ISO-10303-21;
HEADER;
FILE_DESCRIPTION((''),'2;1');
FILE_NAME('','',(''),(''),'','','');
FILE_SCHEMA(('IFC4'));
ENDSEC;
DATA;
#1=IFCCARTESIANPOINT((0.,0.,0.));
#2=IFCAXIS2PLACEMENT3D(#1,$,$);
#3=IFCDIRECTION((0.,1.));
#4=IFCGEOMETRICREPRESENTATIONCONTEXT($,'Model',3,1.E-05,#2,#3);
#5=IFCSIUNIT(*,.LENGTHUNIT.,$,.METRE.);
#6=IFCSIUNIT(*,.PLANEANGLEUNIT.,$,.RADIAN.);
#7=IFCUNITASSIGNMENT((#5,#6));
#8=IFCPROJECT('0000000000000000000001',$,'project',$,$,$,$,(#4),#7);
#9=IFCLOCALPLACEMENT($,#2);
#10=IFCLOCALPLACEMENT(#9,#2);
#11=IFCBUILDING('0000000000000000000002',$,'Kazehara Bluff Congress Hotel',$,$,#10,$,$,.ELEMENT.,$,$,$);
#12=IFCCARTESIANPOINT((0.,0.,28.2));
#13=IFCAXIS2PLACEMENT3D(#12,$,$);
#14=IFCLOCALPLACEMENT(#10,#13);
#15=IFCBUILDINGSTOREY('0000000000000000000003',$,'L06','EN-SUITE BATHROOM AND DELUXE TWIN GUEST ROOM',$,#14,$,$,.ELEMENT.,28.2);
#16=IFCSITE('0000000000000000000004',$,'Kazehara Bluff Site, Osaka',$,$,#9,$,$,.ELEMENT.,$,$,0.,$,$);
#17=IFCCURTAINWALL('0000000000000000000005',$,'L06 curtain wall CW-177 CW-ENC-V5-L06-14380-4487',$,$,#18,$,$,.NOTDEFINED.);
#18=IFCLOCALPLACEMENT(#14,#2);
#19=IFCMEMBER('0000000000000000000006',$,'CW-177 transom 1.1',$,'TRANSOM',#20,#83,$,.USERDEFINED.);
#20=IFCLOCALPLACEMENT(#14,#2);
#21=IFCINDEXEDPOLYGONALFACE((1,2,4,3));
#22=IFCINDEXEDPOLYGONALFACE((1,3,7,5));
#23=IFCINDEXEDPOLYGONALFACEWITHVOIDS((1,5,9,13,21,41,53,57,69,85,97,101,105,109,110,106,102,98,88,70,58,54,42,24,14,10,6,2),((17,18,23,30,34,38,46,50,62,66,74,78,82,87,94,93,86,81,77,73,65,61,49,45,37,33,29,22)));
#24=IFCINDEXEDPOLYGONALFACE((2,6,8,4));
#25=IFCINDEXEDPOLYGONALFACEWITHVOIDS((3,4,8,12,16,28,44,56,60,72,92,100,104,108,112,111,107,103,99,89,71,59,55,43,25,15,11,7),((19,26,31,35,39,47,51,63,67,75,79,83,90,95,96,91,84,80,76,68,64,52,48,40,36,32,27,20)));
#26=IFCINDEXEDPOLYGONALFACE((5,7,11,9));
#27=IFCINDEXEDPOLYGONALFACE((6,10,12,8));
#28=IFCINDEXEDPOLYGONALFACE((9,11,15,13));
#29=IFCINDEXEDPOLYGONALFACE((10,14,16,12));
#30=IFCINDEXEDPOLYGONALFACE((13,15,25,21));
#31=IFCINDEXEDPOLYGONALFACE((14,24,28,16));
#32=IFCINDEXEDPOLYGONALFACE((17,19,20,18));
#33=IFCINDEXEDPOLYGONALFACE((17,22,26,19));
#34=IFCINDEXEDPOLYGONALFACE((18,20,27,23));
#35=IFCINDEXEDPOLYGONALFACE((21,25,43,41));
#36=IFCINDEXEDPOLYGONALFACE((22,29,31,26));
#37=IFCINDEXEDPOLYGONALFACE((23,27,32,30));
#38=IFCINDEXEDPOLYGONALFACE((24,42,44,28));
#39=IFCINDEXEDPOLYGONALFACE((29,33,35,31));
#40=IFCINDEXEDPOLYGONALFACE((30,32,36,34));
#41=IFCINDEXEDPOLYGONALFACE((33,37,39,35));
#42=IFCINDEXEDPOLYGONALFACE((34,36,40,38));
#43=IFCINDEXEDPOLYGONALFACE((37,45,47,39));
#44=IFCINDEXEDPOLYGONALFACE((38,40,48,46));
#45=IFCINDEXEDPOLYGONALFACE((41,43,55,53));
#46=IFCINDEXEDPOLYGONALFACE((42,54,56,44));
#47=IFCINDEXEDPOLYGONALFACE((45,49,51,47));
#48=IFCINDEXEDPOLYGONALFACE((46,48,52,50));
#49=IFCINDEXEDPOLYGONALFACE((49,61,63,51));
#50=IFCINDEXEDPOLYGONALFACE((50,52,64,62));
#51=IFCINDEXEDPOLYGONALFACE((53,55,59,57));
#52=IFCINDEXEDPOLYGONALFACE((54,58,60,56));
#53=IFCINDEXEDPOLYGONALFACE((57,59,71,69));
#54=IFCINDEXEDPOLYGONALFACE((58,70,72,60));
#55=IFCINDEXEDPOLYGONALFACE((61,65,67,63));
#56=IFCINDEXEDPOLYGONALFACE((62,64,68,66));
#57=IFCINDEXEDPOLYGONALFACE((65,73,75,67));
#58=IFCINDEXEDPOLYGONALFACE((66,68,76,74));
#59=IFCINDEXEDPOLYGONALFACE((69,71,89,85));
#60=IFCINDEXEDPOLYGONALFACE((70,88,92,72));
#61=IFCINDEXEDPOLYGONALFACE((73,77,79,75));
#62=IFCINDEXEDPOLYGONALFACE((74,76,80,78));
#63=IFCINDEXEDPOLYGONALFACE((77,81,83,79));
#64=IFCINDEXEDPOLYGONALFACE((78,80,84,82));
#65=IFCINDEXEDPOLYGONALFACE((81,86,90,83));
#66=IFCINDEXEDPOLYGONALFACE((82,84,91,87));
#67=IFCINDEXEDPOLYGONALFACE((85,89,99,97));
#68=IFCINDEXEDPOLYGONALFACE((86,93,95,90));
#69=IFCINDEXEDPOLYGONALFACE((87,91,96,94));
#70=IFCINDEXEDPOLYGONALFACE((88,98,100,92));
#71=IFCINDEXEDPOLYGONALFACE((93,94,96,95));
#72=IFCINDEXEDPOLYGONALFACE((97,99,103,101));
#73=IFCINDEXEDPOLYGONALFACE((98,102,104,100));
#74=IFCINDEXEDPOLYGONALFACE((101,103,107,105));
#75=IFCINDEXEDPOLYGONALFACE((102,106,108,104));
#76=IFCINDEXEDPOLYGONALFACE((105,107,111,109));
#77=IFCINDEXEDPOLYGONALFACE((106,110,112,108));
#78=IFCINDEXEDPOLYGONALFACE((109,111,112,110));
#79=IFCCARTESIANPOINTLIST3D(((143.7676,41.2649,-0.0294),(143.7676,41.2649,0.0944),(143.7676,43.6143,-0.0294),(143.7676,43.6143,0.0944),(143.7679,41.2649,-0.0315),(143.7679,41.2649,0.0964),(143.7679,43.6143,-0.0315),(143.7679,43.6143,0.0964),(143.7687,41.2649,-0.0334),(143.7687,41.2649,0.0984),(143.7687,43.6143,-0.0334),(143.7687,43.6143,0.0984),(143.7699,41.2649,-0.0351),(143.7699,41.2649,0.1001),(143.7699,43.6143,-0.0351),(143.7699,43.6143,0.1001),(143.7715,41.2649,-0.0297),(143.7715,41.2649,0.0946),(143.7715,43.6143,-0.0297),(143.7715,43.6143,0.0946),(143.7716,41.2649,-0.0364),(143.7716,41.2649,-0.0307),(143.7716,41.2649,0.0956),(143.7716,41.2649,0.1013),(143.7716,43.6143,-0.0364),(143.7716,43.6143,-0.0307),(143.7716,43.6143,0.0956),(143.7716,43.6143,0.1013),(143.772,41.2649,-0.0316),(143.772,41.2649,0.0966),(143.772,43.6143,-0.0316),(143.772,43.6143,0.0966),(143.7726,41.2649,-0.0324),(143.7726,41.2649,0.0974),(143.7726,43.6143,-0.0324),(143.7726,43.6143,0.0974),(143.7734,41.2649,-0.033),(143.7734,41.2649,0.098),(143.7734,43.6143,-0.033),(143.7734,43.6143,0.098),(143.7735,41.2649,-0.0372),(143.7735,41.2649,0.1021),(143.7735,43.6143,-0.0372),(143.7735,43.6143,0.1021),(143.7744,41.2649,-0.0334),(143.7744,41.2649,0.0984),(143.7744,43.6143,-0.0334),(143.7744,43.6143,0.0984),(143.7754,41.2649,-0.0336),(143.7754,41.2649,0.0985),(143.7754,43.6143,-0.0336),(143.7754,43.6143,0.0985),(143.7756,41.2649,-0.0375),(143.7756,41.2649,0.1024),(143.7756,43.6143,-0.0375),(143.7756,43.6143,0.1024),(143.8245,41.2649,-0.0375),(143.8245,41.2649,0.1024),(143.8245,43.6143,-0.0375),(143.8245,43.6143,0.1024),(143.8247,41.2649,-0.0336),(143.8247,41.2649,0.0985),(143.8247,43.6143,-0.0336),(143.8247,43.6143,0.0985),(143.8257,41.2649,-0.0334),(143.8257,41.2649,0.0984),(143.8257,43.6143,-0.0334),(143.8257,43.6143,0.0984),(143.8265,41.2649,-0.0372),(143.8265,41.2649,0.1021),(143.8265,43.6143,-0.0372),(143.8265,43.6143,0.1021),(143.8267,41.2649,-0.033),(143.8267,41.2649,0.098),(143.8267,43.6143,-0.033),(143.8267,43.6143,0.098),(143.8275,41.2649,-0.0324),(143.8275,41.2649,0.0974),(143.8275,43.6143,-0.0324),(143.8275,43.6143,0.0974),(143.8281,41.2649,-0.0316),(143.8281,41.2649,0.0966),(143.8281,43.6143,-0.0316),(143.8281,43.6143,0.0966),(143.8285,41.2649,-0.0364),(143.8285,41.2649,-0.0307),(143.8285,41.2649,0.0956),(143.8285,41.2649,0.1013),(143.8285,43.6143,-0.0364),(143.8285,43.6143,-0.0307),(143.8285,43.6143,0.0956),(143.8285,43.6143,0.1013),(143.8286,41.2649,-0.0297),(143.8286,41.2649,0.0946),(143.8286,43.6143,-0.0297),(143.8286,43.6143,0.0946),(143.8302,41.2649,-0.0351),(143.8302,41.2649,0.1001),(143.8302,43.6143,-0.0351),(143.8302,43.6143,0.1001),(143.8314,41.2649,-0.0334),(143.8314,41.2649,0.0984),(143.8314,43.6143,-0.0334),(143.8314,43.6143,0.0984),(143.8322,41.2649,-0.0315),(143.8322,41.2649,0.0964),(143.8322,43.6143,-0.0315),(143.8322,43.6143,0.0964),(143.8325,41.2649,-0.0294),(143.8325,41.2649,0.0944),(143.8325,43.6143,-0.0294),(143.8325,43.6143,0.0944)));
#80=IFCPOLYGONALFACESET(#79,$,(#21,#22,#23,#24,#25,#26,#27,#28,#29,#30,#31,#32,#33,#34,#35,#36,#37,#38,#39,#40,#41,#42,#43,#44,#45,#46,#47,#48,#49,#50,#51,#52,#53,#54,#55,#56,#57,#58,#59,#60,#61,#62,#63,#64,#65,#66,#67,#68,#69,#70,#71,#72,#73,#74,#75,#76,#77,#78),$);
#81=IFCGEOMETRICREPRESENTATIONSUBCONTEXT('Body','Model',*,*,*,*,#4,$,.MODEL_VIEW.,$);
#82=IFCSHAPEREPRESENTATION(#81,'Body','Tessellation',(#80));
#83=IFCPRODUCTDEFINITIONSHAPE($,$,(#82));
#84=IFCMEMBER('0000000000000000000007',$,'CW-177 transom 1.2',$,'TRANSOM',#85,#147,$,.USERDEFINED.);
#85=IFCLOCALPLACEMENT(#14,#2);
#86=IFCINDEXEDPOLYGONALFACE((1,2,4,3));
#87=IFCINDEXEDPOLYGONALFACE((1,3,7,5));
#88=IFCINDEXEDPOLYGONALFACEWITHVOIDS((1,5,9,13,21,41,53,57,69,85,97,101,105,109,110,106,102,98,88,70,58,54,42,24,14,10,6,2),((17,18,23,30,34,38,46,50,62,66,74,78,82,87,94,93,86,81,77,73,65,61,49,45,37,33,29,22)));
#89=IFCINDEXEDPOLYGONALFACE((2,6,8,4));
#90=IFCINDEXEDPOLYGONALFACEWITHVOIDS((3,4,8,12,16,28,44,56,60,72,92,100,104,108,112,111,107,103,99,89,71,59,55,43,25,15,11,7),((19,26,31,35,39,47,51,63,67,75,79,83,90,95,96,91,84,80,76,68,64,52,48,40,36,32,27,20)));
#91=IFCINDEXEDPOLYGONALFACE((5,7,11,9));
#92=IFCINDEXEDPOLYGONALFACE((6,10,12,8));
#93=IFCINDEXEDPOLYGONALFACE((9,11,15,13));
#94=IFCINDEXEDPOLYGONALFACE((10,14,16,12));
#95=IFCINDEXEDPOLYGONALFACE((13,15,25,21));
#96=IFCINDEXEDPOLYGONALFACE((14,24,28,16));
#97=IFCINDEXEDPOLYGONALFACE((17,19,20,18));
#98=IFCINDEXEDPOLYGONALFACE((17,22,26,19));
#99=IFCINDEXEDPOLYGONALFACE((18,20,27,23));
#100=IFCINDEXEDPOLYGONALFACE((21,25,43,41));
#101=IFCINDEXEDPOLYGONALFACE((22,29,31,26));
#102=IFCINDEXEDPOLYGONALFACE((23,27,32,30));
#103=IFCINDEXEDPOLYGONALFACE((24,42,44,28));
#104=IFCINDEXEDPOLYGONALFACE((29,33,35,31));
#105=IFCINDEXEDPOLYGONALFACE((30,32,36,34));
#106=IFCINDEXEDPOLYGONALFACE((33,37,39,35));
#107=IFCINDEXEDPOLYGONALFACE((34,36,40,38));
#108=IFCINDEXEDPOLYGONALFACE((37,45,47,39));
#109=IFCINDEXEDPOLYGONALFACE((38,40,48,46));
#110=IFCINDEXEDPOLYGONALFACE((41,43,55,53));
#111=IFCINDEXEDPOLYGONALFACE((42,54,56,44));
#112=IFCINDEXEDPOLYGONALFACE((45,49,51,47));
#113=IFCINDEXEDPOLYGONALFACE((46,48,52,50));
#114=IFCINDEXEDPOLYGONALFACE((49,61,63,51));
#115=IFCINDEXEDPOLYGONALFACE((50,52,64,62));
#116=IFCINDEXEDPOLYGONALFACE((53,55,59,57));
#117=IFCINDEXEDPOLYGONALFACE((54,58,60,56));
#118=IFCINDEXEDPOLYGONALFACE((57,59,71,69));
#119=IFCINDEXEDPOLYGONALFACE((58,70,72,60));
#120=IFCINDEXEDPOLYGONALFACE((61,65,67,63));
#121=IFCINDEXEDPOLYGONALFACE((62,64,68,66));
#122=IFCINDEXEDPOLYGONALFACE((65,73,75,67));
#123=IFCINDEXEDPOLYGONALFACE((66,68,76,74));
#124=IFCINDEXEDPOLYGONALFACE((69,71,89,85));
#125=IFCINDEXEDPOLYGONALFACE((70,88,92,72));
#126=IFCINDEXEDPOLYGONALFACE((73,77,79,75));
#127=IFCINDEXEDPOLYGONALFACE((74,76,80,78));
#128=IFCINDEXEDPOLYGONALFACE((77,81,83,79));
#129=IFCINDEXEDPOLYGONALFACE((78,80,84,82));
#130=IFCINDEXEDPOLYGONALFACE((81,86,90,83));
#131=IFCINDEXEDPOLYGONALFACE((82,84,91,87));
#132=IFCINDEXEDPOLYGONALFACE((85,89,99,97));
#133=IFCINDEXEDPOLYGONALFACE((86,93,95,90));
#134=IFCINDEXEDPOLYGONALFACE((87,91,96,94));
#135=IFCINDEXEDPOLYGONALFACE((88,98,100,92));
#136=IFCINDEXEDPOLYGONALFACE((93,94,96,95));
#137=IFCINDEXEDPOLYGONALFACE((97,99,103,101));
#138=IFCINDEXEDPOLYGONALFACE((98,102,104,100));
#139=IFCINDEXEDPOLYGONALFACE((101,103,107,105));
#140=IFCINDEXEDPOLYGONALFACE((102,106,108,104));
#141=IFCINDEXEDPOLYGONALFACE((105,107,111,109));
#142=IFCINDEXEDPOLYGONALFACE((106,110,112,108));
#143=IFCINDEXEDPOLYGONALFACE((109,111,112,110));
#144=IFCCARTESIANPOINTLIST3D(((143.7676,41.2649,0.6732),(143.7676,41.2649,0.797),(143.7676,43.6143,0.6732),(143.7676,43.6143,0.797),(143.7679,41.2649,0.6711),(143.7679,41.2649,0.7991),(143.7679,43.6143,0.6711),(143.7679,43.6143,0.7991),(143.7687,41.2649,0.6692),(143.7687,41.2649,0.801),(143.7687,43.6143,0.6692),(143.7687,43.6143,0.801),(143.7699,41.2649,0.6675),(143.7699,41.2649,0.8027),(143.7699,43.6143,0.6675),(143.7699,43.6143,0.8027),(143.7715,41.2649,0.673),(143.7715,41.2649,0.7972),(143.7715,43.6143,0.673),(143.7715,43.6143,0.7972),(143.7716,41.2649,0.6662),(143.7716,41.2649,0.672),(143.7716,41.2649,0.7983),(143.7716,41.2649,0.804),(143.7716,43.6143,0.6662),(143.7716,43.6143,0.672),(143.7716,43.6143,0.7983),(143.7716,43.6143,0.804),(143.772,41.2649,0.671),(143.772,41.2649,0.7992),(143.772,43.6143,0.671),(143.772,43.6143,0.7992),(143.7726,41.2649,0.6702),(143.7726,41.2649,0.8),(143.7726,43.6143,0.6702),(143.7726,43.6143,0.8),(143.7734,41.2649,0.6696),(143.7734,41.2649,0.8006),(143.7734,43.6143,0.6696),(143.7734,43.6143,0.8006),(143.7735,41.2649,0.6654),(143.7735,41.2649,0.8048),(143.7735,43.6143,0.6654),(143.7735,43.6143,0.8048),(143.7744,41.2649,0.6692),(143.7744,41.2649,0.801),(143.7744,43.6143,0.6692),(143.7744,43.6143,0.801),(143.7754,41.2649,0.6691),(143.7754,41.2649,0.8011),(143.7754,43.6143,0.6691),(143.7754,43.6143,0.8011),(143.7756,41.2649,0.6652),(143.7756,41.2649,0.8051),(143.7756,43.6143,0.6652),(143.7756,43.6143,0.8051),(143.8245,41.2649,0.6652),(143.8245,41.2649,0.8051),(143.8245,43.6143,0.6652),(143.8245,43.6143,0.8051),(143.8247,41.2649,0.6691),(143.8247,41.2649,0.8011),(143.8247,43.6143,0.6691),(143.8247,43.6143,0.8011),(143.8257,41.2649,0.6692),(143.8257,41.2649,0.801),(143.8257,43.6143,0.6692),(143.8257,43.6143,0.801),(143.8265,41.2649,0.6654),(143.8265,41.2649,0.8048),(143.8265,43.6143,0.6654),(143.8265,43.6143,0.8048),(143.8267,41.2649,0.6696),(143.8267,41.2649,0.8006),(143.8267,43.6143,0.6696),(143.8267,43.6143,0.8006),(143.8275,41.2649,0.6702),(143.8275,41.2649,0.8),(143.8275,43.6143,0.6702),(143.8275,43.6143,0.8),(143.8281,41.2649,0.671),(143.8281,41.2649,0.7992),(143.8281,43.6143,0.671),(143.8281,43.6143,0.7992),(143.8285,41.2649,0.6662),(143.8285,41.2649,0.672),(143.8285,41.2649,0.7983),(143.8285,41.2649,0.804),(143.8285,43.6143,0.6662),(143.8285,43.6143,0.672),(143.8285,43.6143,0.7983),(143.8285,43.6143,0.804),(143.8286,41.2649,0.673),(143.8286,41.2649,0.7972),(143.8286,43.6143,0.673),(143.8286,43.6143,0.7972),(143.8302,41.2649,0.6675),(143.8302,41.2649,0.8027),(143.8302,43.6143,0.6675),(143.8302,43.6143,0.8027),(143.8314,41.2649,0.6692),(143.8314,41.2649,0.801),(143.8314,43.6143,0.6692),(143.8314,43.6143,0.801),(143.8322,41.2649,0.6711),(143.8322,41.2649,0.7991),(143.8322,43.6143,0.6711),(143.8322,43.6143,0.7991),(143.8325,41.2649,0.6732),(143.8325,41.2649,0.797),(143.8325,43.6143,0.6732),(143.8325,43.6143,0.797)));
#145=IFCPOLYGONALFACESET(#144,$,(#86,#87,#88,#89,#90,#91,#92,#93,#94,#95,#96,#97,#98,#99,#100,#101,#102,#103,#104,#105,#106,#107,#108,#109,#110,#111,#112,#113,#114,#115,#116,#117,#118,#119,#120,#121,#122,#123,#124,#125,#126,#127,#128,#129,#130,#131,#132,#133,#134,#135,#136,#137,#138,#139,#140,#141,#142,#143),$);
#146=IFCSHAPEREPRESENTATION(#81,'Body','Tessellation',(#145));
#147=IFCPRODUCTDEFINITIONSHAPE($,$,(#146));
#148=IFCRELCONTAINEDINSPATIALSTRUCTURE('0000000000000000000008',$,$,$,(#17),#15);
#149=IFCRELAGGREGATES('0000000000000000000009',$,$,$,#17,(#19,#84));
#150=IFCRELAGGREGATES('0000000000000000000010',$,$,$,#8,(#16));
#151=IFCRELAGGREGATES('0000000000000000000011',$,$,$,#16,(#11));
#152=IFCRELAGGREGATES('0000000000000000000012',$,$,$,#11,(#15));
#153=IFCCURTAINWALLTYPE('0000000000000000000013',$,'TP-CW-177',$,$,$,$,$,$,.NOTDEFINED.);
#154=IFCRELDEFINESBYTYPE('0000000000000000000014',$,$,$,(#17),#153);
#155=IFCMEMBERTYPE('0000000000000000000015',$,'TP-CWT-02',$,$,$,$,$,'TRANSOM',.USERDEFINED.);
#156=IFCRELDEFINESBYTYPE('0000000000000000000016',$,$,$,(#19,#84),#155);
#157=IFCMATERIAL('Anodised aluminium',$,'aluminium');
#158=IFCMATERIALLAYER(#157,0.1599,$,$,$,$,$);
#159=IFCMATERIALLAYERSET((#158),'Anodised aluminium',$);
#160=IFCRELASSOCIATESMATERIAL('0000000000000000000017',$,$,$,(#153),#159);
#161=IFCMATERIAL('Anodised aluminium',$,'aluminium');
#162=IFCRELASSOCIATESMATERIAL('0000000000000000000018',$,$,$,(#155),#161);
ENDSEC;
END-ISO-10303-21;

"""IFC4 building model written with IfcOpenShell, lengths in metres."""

from ifc_helpers import new_model, si_unit, direction, frame, origin, origin_2d, place, context, subcontext, project, spatial, hollow_rectangle, extrude, material, layer, layer_set, material_profile, profile_set, type_object, element, aggregate, save


model = new_model("IFC4")

# Units and contexts
model_context = context("Model", 3, precision=1e-05, world=origin(), true_north=direction((0.0, 1.0)))
body_context = subcontext(model_context, "Body", "Model", "MODEL_VIEW")
ifc_project = project(units=[si_unit("LENGTHUNIT", "METRE"), si_unit("PLANEANGLEUNIT", "RADIAN")], contexts=[model_context])

# Site, building, storey
site_placement = place(None, origin())
site = spatial("IfcSite", under=ifc_project, at=site_placement, Name="Kazehara Bluff Site, Osaka", CompositionType="ELEMENT", RefElevation=0.0)
building_placement = place(site_placement, origin())
building = spatial("IfcBuilding", under=site, at=building_placement, Name="Kazehara Bluff Congress Hotel", CompositionType="ELEMENT")
storey_placement = place(building_placement, frame((0.0, 0.0, 28.2)))
storey = spatial("IfcBuildingStorey", under=building, at=storey_placement, Name="L06", Description="EN-SUITE BATHROOM AND DELUXE TWIN GUEST ROOM", CompositionType="ELEMENT", Elevation=28.2)

# Curtain wall, members
ifc_material_1 = material(Name="Anodised aluminium", Category="aluminium")
ifc_layer_1 = layer(ifc_material_1, 0.1599)
ifc_layer_set_1 = layer_set([ifc_layer_1], Name="Anodised aluminium")
curtain_wall_type = type_object("IfcCurtainWallType", Name="TP-CW-177", PredefinedType="NOTDEFINED", material=ifc_layer_set_1)
curtain_wall_placement = place(storey_placement, origin())
curtain_wall = element("IfcCurtainWall", 1, at=curtain_wall_placement, inside=storey, type_object=curtain_wall_type, Name="L06 curtain wall CW-177 CW-ENC-V5-L06-14380-4487", PredefinedType="NOTDEFINED")
ifc_material_2 = material(Name="Anodised aluminium", Category="aluminium")
ifc_material_profile_1 = material_profile(ifc_material_2, hollow_rectangle(XDim=0.0649, YDim=0.1399, WallThickness=0.0039, InnerFilletRadius=0.0039, OuterFilletRadius=0.0081, at=origin_2d()))
ifc_profile_set_1 = profile_set([ifc_material_profile_1], Name="Anodised aluminium")
member_type_1 = type_object("IfcMemberType", Name="TP-CWT-02", ElementType="TRANSOM", PredefinedType="USERDEFINED", material=ifc_profile_set_1)
member_1_placement = place(storey_placement, frame((143.8, 41.2649, 0.0325), z_axis=(0.0, 1.0, 0.0), x_axis=(-1.0, 0.0, 0.0)))
member_1 = element("IfcMember", 2, at=member_1_placement, type_object=member_type_1, Name="CW-177 transom 1.1", ObjectType="TRANSOM", PredefinedType="USERDEFINED", context=body_context, shape_type="SweptSolid", body=[
    extrude(hollow_rectangle(XDim=0.0649, YDim=0.1399, WallThickness=0.0039, InnerFilletRadius=0.0039, OuterFilletRadius=0.0081, at=origin_2d()), origin(), (0.0, 0.0, 1.0), 2.3494),
])
member_2_placement = place(storey_placement, frame((143.8, 41.2649, 0.7351), z_axis=(0.0, 1.0, 0.0), x_axis=(-1.0, 0.0, 0.0)))
member_2 = element("IfcMember", 3, at=member_2_placement, type_object=member_type_1, Name="CW-177 transom 1.2", ObjectType="TRANSOM", PredefinedType="USERDEFINED", context=body_context, shape_type="SweptSolid", body=[
    extrude(hollow_rectangle(XDim=0.0649, YDim=0.1399, WallThickness=0.0039, InnerFilletRadius=0.0039, OuterFilletRadius=0.0081, at=origin_2d()), origin(), (0.0, 0.0, 1.0), 2.3494),
])
aggregate(curtain_wall, [member_1, member_2])

save(model, "model.ifc")
